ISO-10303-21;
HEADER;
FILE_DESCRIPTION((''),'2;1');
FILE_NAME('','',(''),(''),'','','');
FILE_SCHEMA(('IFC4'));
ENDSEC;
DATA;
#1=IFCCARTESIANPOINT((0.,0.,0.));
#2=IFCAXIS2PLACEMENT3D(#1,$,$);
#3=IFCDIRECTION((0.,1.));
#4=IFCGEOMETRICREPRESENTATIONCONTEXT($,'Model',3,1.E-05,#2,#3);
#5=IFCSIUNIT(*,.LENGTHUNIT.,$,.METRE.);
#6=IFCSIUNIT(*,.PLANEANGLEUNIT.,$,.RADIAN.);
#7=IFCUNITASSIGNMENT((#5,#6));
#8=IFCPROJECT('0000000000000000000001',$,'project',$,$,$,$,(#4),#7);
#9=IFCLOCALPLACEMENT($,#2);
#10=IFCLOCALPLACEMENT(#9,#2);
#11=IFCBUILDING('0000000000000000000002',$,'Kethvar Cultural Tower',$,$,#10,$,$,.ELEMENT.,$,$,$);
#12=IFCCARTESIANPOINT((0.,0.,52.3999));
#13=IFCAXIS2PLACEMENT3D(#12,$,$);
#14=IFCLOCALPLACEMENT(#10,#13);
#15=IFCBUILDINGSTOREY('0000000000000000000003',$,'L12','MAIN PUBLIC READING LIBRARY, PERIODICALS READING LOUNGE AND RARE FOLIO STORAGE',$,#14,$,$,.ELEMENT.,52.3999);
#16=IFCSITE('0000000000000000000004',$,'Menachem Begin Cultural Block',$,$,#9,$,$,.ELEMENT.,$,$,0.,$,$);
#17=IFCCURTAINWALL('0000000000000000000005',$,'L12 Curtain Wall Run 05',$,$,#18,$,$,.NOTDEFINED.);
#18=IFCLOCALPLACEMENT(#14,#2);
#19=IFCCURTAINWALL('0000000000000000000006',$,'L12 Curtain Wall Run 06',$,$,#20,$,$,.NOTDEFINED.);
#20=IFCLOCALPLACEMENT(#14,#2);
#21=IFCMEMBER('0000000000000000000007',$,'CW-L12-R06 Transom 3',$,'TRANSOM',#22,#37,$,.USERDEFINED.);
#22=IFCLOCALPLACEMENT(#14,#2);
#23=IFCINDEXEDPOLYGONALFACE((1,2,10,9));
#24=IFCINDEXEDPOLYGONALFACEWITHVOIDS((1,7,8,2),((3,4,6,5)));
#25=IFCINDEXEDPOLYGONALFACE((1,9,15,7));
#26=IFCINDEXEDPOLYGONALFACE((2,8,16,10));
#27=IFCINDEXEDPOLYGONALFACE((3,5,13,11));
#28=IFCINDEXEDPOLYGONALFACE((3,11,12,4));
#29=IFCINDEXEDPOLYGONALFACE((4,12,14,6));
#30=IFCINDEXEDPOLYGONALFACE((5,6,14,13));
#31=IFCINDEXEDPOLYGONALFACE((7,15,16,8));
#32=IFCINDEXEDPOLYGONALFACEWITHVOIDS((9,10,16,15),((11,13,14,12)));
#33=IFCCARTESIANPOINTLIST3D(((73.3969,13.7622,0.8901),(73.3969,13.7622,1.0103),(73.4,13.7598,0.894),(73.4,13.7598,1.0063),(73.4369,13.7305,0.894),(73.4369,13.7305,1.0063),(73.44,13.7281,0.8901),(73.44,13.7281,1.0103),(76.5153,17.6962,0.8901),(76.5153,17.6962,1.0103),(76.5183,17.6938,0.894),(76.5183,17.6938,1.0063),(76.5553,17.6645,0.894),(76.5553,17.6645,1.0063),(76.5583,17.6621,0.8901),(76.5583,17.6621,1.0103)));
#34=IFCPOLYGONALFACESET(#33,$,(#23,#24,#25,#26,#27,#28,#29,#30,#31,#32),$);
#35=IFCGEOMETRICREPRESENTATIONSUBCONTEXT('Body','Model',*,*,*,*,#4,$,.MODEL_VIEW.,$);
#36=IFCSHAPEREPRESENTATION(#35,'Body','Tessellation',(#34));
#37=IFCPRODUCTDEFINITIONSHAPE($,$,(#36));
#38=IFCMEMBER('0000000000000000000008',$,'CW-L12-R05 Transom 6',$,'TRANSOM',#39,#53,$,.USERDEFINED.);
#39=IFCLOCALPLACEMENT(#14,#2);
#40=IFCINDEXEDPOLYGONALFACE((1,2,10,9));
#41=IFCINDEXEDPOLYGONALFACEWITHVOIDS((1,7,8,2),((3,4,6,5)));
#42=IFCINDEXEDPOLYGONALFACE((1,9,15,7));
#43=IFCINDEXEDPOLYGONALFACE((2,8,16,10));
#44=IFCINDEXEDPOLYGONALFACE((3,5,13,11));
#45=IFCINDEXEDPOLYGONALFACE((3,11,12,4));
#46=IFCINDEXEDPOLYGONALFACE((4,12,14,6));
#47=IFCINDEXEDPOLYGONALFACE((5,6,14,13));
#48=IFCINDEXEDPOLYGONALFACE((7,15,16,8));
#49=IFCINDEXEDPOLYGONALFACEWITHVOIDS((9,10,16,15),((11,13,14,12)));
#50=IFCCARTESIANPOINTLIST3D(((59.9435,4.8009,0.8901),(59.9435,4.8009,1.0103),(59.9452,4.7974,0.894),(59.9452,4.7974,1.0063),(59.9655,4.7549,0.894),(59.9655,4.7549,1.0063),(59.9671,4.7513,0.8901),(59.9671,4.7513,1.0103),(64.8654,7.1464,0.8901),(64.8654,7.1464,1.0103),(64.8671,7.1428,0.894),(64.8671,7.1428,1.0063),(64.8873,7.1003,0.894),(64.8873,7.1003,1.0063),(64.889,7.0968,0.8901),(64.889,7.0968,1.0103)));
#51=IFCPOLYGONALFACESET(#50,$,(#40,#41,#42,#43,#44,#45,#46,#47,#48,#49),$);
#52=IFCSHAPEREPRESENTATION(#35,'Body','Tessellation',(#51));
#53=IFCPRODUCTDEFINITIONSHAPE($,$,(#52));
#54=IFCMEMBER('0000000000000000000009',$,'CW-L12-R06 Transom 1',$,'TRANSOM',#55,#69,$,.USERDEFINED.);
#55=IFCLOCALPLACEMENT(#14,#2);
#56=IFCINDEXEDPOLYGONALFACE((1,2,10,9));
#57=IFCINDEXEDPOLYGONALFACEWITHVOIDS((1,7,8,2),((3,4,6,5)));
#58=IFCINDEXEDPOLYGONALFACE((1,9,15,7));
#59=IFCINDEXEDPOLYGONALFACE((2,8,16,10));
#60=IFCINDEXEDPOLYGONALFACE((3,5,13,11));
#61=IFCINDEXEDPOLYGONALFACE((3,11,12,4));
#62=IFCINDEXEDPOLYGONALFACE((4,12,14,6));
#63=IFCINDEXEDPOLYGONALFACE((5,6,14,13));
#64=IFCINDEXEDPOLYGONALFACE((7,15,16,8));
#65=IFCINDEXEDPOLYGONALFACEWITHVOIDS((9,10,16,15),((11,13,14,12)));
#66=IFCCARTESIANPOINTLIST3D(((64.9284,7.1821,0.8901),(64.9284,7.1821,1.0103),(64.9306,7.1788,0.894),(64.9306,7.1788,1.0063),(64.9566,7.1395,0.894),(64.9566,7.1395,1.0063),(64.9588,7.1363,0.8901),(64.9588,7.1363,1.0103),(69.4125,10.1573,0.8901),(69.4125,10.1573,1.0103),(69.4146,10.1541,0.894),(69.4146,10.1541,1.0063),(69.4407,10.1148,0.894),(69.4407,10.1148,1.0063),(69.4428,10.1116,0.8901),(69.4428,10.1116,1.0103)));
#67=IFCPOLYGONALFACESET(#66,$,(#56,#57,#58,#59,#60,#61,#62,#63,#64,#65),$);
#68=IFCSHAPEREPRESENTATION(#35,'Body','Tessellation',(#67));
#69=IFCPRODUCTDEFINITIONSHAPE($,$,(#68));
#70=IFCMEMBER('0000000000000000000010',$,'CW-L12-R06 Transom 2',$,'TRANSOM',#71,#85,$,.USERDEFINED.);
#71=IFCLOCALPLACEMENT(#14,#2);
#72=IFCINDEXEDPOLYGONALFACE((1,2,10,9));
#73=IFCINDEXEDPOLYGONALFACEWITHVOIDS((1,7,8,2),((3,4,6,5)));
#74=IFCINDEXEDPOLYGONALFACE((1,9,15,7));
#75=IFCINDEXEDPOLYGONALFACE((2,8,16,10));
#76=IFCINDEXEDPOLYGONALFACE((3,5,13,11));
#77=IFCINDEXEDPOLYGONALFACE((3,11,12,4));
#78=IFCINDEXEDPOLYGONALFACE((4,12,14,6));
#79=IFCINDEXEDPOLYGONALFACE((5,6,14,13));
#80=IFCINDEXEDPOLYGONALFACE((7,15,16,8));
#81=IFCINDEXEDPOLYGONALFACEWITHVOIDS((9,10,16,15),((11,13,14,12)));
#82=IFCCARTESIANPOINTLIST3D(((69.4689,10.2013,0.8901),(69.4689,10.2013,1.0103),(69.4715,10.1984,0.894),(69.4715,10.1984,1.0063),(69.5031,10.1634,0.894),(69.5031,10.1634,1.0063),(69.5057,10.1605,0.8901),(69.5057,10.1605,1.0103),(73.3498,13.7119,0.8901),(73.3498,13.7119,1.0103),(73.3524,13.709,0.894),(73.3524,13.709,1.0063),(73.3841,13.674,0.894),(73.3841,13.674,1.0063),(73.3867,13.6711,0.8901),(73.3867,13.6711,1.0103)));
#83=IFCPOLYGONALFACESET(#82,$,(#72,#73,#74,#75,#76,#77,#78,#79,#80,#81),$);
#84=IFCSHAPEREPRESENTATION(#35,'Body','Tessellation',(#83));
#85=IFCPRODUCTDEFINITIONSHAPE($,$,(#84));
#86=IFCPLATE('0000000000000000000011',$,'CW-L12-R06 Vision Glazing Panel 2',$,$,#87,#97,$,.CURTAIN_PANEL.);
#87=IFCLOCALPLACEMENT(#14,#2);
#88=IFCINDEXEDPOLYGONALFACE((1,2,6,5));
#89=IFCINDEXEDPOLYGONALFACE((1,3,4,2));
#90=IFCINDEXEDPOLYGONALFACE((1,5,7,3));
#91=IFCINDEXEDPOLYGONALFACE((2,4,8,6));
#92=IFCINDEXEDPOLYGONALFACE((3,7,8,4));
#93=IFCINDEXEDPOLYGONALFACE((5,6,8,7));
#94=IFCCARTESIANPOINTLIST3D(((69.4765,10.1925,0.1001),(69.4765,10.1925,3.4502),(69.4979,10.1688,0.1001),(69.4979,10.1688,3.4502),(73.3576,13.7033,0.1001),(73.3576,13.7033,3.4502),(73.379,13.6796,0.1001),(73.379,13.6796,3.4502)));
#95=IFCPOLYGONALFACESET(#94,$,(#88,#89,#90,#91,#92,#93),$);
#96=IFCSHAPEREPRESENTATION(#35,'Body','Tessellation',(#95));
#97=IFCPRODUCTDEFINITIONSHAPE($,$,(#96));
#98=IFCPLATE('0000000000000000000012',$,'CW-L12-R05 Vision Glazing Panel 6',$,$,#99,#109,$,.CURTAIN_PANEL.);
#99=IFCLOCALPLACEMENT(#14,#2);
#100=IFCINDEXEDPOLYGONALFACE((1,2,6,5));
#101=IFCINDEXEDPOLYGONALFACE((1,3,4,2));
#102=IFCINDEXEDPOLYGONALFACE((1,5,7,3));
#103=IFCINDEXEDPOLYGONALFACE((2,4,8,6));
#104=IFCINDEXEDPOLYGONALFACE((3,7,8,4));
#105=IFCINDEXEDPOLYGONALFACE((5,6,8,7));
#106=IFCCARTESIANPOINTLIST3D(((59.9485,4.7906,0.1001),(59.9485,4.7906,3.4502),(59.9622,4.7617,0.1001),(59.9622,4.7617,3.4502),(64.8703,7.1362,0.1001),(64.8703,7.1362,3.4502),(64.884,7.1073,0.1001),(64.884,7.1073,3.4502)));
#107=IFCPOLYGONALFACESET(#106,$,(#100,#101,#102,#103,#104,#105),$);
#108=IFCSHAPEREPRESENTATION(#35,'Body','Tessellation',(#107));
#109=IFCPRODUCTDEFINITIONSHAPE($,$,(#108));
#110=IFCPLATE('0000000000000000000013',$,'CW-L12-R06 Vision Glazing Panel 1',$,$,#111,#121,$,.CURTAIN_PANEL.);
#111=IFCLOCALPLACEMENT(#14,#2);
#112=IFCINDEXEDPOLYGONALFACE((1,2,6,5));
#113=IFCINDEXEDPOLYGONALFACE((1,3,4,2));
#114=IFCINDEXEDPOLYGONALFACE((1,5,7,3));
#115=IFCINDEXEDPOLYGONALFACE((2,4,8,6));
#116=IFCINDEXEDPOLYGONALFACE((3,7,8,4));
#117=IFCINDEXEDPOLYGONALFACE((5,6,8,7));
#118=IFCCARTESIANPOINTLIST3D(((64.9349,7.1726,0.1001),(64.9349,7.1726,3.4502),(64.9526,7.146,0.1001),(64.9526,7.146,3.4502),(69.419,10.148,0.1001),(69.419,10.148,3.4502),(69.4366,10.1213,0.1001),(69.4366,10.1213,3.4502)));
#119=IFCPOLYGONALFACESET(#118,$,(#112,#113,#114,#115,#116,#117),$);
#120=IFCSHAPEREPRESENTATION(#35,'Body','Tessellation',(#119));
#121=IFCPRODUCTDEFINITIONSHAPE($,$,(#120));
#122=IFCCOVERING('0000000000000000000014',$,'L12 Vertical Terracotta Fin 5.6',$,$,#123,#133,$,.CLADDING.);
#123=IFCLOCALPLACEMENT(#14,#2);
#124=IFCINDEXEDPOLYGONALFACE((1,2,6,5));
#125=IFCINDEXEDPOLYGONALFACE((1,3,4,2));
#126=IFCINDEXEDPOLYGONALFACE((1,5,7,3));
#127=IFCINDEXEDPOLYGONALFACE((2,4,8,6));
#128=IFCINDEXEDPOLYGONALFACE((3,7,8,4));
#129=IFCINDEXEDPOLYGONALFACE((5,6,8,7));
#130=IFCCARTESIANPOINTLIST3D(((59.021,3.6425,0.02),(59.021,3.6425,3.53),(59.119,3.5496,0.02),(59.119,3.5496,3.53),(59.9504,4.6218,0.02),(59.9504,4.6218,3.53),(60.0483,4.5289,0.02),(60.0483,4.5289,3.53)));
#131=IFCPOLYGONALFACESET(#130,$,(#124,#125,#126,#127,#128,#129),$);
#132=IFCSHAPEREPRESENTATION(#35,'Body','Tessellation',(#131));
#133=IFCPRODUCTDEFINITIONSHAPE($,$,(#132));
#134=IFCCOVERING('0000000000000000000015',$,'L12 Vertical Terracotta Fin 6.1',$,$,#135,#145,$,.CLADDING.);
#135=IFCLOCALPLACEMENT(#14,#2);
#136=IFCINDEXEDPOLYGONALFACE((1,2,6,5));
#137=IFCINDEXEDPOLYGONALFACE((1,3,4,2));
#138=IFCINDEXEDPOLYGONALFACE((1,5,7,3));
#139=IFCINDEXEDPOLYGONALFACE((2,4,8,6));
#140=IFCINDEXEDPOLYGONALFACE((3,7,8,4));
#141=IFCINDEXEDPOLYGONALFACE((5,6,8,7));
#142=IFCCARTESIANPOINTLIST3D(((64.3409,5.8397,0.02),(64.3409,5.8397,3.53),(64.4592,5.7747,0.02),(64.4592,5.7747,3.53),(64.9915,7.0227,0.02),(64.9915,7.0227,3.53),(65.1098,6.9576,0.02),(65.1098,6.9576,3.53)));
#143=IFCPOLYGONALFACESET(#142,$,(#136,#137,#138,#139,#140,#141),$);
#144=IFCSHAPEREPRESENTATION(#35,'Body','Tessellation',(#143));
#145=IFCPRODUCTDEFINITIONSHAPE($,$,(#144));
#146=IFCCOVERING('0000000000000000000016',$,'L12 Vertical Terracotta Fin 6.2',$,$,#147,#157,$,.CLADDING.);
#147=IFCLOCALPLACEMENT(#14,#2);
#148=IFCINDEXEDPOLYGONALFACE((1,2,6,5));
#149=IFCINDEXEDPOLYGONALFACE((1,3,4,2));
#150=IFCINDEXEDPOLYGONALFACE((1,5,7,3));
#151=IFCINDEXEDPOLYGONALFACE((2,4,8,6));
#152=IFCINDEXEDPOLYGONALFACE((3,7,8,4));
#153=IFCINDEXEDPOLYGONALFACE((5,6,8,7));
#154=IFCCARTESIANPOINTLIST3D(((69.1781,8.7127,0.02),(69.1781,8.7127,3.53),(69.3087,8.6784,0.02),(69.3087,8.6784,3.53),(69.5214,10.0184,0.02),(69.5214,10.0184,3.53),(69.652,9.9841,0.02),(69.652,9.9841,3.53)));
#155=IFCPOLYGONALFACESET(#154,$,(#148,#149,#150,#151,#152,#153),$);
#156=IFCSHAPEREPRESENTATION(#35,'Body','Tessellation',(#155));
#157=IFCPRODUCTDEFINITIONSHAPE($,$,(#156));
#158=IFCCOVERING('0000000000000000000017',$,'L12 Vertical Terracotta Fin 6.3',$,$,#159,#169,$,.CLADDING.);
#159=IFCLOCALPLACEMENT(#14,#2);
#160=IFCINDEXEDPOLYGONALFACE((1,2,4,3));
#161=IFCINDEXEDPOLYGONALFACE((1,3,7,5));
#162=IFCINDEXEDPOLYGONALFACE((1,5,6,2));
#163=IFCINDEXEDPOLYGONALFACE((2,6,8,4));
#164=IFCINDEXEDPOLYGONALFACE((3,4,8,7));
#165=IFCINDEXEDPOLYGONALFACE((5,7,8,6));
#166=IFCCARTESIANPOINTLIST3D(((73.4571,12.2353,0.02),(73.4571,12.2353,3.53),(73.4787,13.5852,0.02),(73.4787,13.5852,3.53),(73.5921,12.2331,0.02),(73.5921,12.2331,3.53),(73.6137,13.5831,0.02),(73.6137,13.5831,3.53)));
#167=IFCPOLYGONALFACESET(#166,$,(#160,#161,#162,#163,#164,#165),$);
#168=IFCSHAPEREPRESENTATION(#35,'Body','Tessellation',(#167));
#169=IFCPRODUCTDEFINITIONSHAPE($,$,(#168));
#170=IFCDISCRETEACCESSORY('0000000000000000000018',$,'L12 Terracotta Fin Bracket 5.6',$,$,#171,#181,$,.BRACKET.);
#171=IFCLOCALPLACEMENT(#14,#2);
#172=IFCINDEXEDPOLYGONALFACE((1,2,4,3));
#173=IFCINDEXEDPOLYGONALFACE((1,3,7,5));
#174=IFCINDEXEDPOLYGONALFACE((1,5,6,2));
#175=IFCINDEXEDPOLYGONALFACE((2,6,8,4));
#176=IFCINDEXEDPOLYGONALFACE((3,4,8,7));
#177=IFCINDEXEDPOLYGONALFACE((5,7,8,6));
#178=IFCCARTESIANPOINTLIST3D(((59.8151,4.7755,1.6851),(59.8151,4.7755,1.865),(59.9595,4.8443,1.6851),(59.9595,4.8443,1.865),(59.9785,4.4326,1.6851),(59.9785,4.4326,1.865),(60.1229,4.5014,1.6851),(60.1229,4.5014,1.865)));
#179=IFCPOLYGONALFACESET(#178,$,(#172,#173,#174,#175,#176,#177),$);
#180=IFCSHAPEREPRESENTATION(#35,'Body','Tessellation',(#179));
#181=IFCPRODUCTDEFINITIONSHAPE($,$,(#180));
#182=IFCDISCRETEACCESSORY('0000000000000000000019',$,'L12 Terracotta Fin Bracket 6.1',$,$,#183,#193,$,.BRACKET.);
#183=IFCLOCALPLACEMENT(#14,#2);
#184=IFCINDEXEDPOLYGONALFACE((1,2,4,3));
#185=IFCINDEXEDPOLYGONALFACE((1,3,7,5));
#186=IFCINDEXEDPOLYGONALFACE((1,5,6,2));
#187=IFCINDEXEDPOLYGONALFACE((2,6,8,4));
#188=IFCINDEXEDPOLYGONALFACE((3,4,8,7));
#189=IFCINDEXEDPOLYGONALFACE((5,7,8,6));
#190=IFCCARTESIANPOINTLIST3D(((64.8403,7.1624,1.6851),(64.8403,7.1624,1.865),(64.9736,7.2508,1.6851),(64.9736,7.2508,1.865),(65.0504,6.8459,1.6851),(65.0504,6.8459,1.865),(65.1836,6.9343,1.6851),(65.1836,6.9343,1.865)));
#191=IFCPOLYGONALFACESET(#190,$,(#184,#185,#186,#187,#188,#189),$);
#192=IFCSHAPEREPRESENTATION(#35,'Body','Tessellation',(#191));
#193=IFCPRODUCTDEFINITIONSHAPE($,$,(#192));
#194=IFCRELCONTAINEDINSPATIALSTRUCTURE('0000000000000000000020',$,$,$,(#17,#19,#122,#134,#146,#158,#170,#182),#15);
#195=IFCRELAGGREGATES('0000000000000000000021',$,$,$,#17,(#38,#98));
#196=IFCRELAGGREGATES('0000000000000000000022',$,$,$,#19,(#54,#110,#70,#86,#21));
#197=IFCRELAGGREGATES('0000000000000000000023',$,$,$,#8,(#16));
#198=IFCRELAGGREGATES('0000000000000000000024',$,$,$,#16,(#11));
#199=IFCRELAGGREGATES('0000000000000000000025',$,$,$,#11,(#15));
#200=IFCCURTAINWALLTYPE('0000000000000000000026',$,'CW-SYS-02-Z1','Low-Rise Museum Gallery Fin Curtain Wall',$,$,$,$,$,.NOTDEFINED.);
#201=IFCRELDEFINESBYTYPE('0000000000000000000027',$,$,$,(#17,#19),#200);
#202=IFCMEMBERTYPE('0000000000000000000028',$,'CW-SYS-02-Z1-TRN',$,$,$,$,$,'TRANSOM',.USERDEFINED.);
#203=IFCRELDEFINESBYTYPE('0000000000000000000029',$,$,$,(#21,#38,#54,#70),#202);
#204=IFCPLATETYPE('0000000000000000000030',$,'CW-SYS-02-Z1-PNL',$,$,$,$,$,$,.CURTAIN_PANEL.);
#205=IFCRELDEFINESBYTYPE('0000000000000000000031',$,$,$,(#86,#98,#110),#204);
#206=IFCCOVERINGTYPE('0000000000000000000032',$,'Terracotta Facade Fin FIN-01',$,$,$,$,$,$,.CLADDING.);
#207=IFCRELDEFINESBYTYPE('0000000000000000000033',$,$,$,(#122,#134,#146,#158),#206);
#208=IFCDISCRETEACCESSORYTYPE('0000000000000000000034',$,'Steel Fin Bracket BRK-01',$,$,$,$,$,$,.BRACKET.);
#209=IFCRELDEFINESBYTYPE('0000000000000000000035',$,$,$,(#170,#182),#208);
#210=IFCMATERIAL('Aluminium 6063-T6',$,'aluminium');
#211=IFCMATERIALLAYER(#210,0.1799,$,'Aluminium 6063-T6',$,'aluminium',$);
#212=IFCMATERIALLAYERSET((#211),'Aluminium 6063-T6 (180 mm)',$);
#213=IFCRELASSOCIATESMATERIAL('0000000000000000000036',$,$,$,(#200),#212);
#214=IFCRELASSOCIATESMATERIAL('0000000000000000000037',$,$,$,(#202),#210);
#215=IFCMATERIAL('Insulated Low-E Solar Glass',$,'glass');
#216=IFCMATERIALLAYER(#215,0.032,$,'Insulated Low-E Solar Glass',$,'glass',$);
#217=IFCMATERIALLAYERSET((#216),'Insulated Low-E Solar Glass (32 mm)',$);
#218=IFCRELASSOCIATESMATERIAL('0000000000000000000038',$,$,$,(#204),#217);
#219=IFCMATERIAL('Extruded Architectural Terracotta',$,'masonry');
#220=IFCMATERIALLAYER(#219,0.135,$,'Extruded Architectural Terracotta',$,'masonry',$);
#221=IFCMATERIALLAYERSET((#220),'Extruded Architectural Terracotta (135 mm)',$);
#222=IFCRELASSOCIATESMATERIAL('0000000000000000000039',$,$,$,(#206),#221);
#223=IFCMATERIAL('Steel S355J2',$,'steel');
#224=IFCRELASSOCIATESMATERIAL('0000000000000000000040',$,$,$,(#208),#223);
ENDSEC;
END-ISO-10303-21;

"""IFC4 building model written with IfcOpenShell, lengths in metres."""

from ifc_helpers import new_model, si_unit, direction, frame, origin, origin_2d, place, context, subcontext, project, spatial, rectangle, hollow_rectangle, extrude, source, transform, mapped, material, layer, layer_set, material_profile, profile_set, type_object, element, aggregate, save


model = new_model("IFC4")

# Units and contexts
model_context = context("Model", 3, precision=1e-05, world=origin(), true_north=direction((0.0, 1.0)))
body_context = subcontext(model_context, "Body", "Model", "MODEL_VIEW")
ifc_project = project(units=[si_unit("LENGTHUNIT", "METRE"), si_unit("PLANEANGLEUNIT", "RADIAN")], contexts=[model_context])

# Site, building, storey
site_placement = place(None, origin())
site = spatial("IfcSite", under=ifc_project, at=site_placement, Name="Menachem Begin Cultural Block", CompositionType="ELEMENT", RefElevation=0.0)
building_placement = place(site_placement, origin())
building = spatial("IfcBuilding", under=site, at=building_placement, Name="Kethvar Cultural Tower", CompositionType="ELEMENT")
storey_placement = place(building_placement, frame((0.0, 0.0, 52.3999)))
storey = spatial("IfcBuildingStorey", under=building, at=storey_placement, Name="L12", Description="MAIN PUBLIC READING LIBRARY, PERIODICALS READING LOUNGE AND RARE FOLIO STORAGE", CompositionType="ELEMENT", Elevation=52.3999)

# Shared definitions
ifc_material_1 = material(Name="Steel S355J2", Category="steel")

# Curtain walls, member
ifc_material_2 = material(Name="Aluminium 6063-T6", Category="aluminium")
ifc_layer_1 = layer(ifc_material_2, 0.1799, Name="Aluminium 6063-T6", Category="aluminium")
ifc_layer_set_1 = layer_set([ifc_layer_1], Name="Aluminium 6063-T6 (180 mm)")
curtain_wall_type = type_object("IfcCurtainWallType", Name="CW-SYS-02-Z1", Description="Low-Rise Museum Gallery Fin Curtain Wall", PredefinedType="NOTDEFINED", material=ifc_layer_set_1)
curtain_wall_1_placement = place(storey_placement, origin())
curtain_wall_1 = element("IfcCurtainWall", 1, at=curtain_wall_1_placement, inside=storey, type_object=curtain_wall_type, Name="L12 Curtain Wall Run 05", PredefinedType="NOTDEFINED")
curtain_wall_2_placement = place(storey_placement, origin())
curtain_wall_2 = element("IfcCurtainWall", 2, at=curtain_wall_2_placement, inside=storey, type_object=curtain_wall_type, Name="L12 Curtain Wall Run 06", PredefinedType="NOTDEFINED")
ifc_material_profile_1 = material_profile(ifc_material_2, hollow_rectangle(XDim=0.0549, YDim=0.1201, WallThickness=0.0039, at=origin_2d()), Name="Aluminium 6063-T6 — RHS120x55x4")
ifc_profile_set_1 = profile_set([ifc_material_profile_1], Name="Aluminium 6063-T6 — RHS120x55x4")
member_type_1 = type_object("IfcMemberType", Name="CW-SYS-02-Z1-TRN", ElementType="TRANSOM", PredefinedType="USERDEFINED", material=ifc_profile_set_1)
shared_shape_1 = source(origin(), body_context, "Body", "SweptSolid", [
    extrude(hollow_rectangle(XDim=0.0549, YDim=0.1201, WallThickness=0.0039, at=origin_2d()), origin(), (0.0, 0.0, 1.0), 5.02),
])
member_1_placement = place(storey_placement, frame((73.4185, 13.7451, 0.9502), z_axis=(0.621184, 0.783665, 0.0), x_axis=(-0.783665, 0.621184, 0.0)))
member_1 = element("IfcMember", 3, at=member_1_placement, type_object=member_type_1, Name="CW-L12-R06 Transom 3", ObjectType="TRANSOM", PredefinedType="USERDEFINED", context=body_context, shape_type="MappedRepresentation", body=[
    mapped(shared_shape_1, transform((0.0, 0.0, 0.0), scale=1.0)),
])

# Members
shared_shape_2 = source(origin(), body_context, "Body", "SweptSolid", [
    extrude(hollow_rectangle(XDim=0.0549, YDim=0.1201, WallThickness=0.0039, at=origin_2d()), origin(), (0.0, 0.0, 1.0), 5.4521),
])
member_2_placement = place(storey_placement, frame((59.9553, 4.7761, 0.9502), z_axis=(0.902739, 0.430189, 0.0), x_axis=(-0.430189, 0.902739, 0.0)))
member_2 = element("IfcMember", 4, at=member_2_placement, type_object=member_type_1, Name="CW-L12-R05 Transom 6", ObjectType="TRANSOM", PredefinedType="USERDEFINED", context=body_context, shape_type="MappedRepresentation", body=[
    mapped(shared_shape_2, transform((0.0, 0.0, 0.0), scale=1.0)),
])
shared_shape_3 = source(origin(), body_context, "Body", "SweptSolid", [
    extrude(hollow_rectangle(XDim=0.0549, YDim=0.1201, WallThickness=0.0039, at=origin_2d()), origin(), (0.0, 0.0, 1.0), 5.3813),
])
member_3_placement = place(storey_placement, frame((64.9436, 7.1592, 0.9502), z_axis=(0.833256, 0.552888, 0.0), x_axis=(-0.552888, 0.833256, 0.0)))
member_3 = element("IfcMember", 5, at=member_3_placement, type_object=member_type_1, Name="CW-L12-R06 Transom 1", ObjectType="TRANSOM", PredefinedType="USERDEFINED", context=body_context, shape_type="MappedRepresentation", body=[
    mapped(shared_shape_3, transform((0.0, 0.0, 0.0), scale=1.0)),
])
shared_shape_4 = source(origin(), body_context, "Body", "SweptSolid", [
    extrude(hollow_rectangle(XDim=0.0549, YDim=0.1201, WallThickness=0.0039, at=origin_2d()), origin(), (0.0, 0.0, 1.0), 5.2332),
])
member_4_placement = place(storey_placement, frame((69.4873, 10.1809, 0.9502), z_axis=(0.741608, 0.670834, 0.0), x_axis=(-0.670834, 0.741608, 0.0)))
member_4 = element("IfcMember", 6, at=member_4_placement, type_object=member_type_1, Name="CW-L12-R06 Transom 2", ObjectType="TRANSOM", PredefinedType="USERDEFINED", context=body_context, shape_type="MappedRepresentation", body=[
    mapped(shared_shape_4, transform((0.0, 0.0, 0.0), scale=1.0)),
])

# Plates
ifc_material_3 = material(Name="Insulated Low-E Solar Glass", Category="glass")
ifc_layer_2 = layer(ifc_material_3, 0.032, Name="Insulated Low-E Solar Glass", Category="glass")
ifc_layer_set_2 = layer_set([ifc_layer_2], Name="Insulated Low-E Solar Glass (32 mm)")
plate_type = type_object("IfcPlateType", Name="CW-SYS-02-Z1-PNL", PredefinedType="CURTAIN_PANEL", material=ifc_layer_set_2)
shared_shape_5 = source(origin(), body_context, "Body", "SweptSolid", [
    extrude(rectangle(XDim=5.2334, YDim=0.032, at=origin_2d()), origin(), (0.0, 0.0, 1.0), 3.3501),
])
plate_1_placement = place(storey_placement, frame((71.4277, 11.936, 0.1001), z_axis=(0.0, 0.0, 1.0), x_axis=(0.741601, 0.670841, 0.0)))
plate_1 = element("IfcPlate", 7, at=plate_1_placement, type_object=plate_type, Name="CW-L12-R06 Vision Glazing Panel 2", PredefinedType="CURTAIN_PANEL", context=body_context, shape_type="MappedRepresentation", body=[
    mapped(shared_shape_5, transform((0.0, 0.0, 0.0), scale=1.0)),
])
shared_shape_6 = source(origin(), body_context, "Body", "SweptSolid", [
    extrude(rectangle(XDim=5.4521, YDim=0.032, at=origin_2d()), origin(), (0.0, 0.0, 1.0), 3.3501),
])
plate_2_placement = place(storey_placement, frame((62.4163, 5.949, 0.1001), z_axis=(0.0, 0.0, 1.0), x_axis=(0.902728, 0.430212, 0.0)))
plate_2 = element("IfcPlate", 8, at=plate_2_placement, type_object=plate_type, Name="CW-L12-R05 Vision Glazing Panel 6", PredefinedType="CURTAIN_PANEL", context=body_context, shape_type="MappedRepresentation", body=[
    mapped(shared_shape_6, transform((0.0, 0.0, 0.0), scale=1.0)),
])
aggregate(curtain_wall_1, [member_2, plate_2])
shared_shape_7 = source(origin(), body_context, "Body", "SweptSolid", [
    extrude(rectangle(XDim=5.3813, YDim=0.032, at=origin_2d()), origin(), (0.0, 0.0, 1.0), 3.3501),
])
plate_3_placement = place(storey_placement, frame((67.1858, 8.647, 0.1001), z_axis=(0.0, 0.0, 1.0), x_axis=(0.833249, 0.552897, 0.0)))
plate_3 = element("IfcPlate", 9, at=plate_3_placement, type_object=plate_type, Name="CW-L12-R06 Vision Glazing Panel 1", PredefinedType="CURTAIN_PANEL", context=body_context, shape_type="MappedRepresentation", body=[
    mapped(shared_shape_7, transform((0.0, 0.0, 0.0), scale=1.0)),
])
aggregate(curtain_wall_2, [member_3, plate_3, member_4, plate_1, member_1])

# Coverings
ifc_material_4 = material(Name="Extruded Architectural Terracotta", Category="masonry")
ifc_layer_3 = layer(ifc_material_4, 0.135, Name="Extruded Architectural Terracotta", Category="masonry")
ifc_layer_set_3 = layer_set([ifc_layer_3], Name="Extruded Architectural Terracotta (135 mm)")
covering_type = type_object("IfcCoveringType", Name="Terracotta Facade Fin FIN-01", PredefinedType="CLADDING", material=ifc_layer_set_3)
shared_shape_8 = source(origin(), body_context, "Body", "SweptSolid", [
    extrude(rectangle(XDim=1.3501, YDim=0.135, at=origin_2d()), origin(), (0.0, 0.0, 1.0), 3.51),
])
for number, where, z_axis, x_axis, name in (
    (10, (59.5347, 4.0857, 0.02), (0.0, 0.0, 1.0), (-0.688355, -0.725374, 0.0), "L12 Vertical Terracotta Fin 5.6"),
    (11, (64.7253, 6.3987, 0.02), (0.0, 0.0, 1.0), (-0.481907, -0.876223, 0.0), "L12 Vertical Terracotta Fin 6.1"),
    (12, (69.415, 9.3484, 0.02), (0.0, 0.0, 1.0), (-0.254264, -0.967135, 0.0), "L12 Vertical Terracotta Fin 6.2"),
    (13, (73.5354, 12.9092, 0.02), (0.0, 0.0, 1.0), (-0.016056, -0.999871, 0.0), "L12 Vertical Terracotta Fin 6.3"),
):
    element("IfcCovering", number, at=place(storey_placement, frame(where, z_axis=z_axis, x_axis=x_axis)), inside=storey, type_object=covering_type, Name=name, PredefinedType="CLADDING", context=body_context, shape_type="MappedRepresentation", body=[
        mapped(shared_shape_8, transform((0.0, 0.0, 0.0), scale=1.0)),
    ])

# Discrete accessories
discrete_accessory_type = type_object("IfcDiscreteAccessoryType", Name="Steel Fin Bracket BRK-01", PredefinedType="BRACKET", material=ifc_material_1)
shared_shape_9 = source(origin(), body_context, "Body", "SweptSolid", [
    extrude(rectangle(XDim=0.3799, YDim=0.1599, at=origin_2d()), origin(), (0.0, 0.0, 1.0), 0.1799),
])
for number, where, z_axis, x_axis, name in (
    (14, (59.969, 4.6384, 1.6851), (0.0, 0.0, 1.0), (0.430196, -0.902736, 0.0), "L12 Terracotta Fin Bracket 5.6"),
    (15, (65.012, 7.0483, 1.6851), (0.0, 0.0, 1.0), (0.552955, -0.833211, 0.0), "L12 Terracotta Fin Bracket 6.1"),
):
    element("IfcDiscreteAccessory", number, at=place(storey_placement, frame(where, z_axis=z_axis, x_axis=x_axis)), inside=storey, type_object=discrete_accessory_type, Name=name, PredefinedType="BRACKET", context=body_context, shape_type="MappedRepresentation", body=[
        mapped(shared_shape_9, transform((0.0, 0.0, 0.0), scale=1.0)),
    ])

save(model, "model.ifc")
